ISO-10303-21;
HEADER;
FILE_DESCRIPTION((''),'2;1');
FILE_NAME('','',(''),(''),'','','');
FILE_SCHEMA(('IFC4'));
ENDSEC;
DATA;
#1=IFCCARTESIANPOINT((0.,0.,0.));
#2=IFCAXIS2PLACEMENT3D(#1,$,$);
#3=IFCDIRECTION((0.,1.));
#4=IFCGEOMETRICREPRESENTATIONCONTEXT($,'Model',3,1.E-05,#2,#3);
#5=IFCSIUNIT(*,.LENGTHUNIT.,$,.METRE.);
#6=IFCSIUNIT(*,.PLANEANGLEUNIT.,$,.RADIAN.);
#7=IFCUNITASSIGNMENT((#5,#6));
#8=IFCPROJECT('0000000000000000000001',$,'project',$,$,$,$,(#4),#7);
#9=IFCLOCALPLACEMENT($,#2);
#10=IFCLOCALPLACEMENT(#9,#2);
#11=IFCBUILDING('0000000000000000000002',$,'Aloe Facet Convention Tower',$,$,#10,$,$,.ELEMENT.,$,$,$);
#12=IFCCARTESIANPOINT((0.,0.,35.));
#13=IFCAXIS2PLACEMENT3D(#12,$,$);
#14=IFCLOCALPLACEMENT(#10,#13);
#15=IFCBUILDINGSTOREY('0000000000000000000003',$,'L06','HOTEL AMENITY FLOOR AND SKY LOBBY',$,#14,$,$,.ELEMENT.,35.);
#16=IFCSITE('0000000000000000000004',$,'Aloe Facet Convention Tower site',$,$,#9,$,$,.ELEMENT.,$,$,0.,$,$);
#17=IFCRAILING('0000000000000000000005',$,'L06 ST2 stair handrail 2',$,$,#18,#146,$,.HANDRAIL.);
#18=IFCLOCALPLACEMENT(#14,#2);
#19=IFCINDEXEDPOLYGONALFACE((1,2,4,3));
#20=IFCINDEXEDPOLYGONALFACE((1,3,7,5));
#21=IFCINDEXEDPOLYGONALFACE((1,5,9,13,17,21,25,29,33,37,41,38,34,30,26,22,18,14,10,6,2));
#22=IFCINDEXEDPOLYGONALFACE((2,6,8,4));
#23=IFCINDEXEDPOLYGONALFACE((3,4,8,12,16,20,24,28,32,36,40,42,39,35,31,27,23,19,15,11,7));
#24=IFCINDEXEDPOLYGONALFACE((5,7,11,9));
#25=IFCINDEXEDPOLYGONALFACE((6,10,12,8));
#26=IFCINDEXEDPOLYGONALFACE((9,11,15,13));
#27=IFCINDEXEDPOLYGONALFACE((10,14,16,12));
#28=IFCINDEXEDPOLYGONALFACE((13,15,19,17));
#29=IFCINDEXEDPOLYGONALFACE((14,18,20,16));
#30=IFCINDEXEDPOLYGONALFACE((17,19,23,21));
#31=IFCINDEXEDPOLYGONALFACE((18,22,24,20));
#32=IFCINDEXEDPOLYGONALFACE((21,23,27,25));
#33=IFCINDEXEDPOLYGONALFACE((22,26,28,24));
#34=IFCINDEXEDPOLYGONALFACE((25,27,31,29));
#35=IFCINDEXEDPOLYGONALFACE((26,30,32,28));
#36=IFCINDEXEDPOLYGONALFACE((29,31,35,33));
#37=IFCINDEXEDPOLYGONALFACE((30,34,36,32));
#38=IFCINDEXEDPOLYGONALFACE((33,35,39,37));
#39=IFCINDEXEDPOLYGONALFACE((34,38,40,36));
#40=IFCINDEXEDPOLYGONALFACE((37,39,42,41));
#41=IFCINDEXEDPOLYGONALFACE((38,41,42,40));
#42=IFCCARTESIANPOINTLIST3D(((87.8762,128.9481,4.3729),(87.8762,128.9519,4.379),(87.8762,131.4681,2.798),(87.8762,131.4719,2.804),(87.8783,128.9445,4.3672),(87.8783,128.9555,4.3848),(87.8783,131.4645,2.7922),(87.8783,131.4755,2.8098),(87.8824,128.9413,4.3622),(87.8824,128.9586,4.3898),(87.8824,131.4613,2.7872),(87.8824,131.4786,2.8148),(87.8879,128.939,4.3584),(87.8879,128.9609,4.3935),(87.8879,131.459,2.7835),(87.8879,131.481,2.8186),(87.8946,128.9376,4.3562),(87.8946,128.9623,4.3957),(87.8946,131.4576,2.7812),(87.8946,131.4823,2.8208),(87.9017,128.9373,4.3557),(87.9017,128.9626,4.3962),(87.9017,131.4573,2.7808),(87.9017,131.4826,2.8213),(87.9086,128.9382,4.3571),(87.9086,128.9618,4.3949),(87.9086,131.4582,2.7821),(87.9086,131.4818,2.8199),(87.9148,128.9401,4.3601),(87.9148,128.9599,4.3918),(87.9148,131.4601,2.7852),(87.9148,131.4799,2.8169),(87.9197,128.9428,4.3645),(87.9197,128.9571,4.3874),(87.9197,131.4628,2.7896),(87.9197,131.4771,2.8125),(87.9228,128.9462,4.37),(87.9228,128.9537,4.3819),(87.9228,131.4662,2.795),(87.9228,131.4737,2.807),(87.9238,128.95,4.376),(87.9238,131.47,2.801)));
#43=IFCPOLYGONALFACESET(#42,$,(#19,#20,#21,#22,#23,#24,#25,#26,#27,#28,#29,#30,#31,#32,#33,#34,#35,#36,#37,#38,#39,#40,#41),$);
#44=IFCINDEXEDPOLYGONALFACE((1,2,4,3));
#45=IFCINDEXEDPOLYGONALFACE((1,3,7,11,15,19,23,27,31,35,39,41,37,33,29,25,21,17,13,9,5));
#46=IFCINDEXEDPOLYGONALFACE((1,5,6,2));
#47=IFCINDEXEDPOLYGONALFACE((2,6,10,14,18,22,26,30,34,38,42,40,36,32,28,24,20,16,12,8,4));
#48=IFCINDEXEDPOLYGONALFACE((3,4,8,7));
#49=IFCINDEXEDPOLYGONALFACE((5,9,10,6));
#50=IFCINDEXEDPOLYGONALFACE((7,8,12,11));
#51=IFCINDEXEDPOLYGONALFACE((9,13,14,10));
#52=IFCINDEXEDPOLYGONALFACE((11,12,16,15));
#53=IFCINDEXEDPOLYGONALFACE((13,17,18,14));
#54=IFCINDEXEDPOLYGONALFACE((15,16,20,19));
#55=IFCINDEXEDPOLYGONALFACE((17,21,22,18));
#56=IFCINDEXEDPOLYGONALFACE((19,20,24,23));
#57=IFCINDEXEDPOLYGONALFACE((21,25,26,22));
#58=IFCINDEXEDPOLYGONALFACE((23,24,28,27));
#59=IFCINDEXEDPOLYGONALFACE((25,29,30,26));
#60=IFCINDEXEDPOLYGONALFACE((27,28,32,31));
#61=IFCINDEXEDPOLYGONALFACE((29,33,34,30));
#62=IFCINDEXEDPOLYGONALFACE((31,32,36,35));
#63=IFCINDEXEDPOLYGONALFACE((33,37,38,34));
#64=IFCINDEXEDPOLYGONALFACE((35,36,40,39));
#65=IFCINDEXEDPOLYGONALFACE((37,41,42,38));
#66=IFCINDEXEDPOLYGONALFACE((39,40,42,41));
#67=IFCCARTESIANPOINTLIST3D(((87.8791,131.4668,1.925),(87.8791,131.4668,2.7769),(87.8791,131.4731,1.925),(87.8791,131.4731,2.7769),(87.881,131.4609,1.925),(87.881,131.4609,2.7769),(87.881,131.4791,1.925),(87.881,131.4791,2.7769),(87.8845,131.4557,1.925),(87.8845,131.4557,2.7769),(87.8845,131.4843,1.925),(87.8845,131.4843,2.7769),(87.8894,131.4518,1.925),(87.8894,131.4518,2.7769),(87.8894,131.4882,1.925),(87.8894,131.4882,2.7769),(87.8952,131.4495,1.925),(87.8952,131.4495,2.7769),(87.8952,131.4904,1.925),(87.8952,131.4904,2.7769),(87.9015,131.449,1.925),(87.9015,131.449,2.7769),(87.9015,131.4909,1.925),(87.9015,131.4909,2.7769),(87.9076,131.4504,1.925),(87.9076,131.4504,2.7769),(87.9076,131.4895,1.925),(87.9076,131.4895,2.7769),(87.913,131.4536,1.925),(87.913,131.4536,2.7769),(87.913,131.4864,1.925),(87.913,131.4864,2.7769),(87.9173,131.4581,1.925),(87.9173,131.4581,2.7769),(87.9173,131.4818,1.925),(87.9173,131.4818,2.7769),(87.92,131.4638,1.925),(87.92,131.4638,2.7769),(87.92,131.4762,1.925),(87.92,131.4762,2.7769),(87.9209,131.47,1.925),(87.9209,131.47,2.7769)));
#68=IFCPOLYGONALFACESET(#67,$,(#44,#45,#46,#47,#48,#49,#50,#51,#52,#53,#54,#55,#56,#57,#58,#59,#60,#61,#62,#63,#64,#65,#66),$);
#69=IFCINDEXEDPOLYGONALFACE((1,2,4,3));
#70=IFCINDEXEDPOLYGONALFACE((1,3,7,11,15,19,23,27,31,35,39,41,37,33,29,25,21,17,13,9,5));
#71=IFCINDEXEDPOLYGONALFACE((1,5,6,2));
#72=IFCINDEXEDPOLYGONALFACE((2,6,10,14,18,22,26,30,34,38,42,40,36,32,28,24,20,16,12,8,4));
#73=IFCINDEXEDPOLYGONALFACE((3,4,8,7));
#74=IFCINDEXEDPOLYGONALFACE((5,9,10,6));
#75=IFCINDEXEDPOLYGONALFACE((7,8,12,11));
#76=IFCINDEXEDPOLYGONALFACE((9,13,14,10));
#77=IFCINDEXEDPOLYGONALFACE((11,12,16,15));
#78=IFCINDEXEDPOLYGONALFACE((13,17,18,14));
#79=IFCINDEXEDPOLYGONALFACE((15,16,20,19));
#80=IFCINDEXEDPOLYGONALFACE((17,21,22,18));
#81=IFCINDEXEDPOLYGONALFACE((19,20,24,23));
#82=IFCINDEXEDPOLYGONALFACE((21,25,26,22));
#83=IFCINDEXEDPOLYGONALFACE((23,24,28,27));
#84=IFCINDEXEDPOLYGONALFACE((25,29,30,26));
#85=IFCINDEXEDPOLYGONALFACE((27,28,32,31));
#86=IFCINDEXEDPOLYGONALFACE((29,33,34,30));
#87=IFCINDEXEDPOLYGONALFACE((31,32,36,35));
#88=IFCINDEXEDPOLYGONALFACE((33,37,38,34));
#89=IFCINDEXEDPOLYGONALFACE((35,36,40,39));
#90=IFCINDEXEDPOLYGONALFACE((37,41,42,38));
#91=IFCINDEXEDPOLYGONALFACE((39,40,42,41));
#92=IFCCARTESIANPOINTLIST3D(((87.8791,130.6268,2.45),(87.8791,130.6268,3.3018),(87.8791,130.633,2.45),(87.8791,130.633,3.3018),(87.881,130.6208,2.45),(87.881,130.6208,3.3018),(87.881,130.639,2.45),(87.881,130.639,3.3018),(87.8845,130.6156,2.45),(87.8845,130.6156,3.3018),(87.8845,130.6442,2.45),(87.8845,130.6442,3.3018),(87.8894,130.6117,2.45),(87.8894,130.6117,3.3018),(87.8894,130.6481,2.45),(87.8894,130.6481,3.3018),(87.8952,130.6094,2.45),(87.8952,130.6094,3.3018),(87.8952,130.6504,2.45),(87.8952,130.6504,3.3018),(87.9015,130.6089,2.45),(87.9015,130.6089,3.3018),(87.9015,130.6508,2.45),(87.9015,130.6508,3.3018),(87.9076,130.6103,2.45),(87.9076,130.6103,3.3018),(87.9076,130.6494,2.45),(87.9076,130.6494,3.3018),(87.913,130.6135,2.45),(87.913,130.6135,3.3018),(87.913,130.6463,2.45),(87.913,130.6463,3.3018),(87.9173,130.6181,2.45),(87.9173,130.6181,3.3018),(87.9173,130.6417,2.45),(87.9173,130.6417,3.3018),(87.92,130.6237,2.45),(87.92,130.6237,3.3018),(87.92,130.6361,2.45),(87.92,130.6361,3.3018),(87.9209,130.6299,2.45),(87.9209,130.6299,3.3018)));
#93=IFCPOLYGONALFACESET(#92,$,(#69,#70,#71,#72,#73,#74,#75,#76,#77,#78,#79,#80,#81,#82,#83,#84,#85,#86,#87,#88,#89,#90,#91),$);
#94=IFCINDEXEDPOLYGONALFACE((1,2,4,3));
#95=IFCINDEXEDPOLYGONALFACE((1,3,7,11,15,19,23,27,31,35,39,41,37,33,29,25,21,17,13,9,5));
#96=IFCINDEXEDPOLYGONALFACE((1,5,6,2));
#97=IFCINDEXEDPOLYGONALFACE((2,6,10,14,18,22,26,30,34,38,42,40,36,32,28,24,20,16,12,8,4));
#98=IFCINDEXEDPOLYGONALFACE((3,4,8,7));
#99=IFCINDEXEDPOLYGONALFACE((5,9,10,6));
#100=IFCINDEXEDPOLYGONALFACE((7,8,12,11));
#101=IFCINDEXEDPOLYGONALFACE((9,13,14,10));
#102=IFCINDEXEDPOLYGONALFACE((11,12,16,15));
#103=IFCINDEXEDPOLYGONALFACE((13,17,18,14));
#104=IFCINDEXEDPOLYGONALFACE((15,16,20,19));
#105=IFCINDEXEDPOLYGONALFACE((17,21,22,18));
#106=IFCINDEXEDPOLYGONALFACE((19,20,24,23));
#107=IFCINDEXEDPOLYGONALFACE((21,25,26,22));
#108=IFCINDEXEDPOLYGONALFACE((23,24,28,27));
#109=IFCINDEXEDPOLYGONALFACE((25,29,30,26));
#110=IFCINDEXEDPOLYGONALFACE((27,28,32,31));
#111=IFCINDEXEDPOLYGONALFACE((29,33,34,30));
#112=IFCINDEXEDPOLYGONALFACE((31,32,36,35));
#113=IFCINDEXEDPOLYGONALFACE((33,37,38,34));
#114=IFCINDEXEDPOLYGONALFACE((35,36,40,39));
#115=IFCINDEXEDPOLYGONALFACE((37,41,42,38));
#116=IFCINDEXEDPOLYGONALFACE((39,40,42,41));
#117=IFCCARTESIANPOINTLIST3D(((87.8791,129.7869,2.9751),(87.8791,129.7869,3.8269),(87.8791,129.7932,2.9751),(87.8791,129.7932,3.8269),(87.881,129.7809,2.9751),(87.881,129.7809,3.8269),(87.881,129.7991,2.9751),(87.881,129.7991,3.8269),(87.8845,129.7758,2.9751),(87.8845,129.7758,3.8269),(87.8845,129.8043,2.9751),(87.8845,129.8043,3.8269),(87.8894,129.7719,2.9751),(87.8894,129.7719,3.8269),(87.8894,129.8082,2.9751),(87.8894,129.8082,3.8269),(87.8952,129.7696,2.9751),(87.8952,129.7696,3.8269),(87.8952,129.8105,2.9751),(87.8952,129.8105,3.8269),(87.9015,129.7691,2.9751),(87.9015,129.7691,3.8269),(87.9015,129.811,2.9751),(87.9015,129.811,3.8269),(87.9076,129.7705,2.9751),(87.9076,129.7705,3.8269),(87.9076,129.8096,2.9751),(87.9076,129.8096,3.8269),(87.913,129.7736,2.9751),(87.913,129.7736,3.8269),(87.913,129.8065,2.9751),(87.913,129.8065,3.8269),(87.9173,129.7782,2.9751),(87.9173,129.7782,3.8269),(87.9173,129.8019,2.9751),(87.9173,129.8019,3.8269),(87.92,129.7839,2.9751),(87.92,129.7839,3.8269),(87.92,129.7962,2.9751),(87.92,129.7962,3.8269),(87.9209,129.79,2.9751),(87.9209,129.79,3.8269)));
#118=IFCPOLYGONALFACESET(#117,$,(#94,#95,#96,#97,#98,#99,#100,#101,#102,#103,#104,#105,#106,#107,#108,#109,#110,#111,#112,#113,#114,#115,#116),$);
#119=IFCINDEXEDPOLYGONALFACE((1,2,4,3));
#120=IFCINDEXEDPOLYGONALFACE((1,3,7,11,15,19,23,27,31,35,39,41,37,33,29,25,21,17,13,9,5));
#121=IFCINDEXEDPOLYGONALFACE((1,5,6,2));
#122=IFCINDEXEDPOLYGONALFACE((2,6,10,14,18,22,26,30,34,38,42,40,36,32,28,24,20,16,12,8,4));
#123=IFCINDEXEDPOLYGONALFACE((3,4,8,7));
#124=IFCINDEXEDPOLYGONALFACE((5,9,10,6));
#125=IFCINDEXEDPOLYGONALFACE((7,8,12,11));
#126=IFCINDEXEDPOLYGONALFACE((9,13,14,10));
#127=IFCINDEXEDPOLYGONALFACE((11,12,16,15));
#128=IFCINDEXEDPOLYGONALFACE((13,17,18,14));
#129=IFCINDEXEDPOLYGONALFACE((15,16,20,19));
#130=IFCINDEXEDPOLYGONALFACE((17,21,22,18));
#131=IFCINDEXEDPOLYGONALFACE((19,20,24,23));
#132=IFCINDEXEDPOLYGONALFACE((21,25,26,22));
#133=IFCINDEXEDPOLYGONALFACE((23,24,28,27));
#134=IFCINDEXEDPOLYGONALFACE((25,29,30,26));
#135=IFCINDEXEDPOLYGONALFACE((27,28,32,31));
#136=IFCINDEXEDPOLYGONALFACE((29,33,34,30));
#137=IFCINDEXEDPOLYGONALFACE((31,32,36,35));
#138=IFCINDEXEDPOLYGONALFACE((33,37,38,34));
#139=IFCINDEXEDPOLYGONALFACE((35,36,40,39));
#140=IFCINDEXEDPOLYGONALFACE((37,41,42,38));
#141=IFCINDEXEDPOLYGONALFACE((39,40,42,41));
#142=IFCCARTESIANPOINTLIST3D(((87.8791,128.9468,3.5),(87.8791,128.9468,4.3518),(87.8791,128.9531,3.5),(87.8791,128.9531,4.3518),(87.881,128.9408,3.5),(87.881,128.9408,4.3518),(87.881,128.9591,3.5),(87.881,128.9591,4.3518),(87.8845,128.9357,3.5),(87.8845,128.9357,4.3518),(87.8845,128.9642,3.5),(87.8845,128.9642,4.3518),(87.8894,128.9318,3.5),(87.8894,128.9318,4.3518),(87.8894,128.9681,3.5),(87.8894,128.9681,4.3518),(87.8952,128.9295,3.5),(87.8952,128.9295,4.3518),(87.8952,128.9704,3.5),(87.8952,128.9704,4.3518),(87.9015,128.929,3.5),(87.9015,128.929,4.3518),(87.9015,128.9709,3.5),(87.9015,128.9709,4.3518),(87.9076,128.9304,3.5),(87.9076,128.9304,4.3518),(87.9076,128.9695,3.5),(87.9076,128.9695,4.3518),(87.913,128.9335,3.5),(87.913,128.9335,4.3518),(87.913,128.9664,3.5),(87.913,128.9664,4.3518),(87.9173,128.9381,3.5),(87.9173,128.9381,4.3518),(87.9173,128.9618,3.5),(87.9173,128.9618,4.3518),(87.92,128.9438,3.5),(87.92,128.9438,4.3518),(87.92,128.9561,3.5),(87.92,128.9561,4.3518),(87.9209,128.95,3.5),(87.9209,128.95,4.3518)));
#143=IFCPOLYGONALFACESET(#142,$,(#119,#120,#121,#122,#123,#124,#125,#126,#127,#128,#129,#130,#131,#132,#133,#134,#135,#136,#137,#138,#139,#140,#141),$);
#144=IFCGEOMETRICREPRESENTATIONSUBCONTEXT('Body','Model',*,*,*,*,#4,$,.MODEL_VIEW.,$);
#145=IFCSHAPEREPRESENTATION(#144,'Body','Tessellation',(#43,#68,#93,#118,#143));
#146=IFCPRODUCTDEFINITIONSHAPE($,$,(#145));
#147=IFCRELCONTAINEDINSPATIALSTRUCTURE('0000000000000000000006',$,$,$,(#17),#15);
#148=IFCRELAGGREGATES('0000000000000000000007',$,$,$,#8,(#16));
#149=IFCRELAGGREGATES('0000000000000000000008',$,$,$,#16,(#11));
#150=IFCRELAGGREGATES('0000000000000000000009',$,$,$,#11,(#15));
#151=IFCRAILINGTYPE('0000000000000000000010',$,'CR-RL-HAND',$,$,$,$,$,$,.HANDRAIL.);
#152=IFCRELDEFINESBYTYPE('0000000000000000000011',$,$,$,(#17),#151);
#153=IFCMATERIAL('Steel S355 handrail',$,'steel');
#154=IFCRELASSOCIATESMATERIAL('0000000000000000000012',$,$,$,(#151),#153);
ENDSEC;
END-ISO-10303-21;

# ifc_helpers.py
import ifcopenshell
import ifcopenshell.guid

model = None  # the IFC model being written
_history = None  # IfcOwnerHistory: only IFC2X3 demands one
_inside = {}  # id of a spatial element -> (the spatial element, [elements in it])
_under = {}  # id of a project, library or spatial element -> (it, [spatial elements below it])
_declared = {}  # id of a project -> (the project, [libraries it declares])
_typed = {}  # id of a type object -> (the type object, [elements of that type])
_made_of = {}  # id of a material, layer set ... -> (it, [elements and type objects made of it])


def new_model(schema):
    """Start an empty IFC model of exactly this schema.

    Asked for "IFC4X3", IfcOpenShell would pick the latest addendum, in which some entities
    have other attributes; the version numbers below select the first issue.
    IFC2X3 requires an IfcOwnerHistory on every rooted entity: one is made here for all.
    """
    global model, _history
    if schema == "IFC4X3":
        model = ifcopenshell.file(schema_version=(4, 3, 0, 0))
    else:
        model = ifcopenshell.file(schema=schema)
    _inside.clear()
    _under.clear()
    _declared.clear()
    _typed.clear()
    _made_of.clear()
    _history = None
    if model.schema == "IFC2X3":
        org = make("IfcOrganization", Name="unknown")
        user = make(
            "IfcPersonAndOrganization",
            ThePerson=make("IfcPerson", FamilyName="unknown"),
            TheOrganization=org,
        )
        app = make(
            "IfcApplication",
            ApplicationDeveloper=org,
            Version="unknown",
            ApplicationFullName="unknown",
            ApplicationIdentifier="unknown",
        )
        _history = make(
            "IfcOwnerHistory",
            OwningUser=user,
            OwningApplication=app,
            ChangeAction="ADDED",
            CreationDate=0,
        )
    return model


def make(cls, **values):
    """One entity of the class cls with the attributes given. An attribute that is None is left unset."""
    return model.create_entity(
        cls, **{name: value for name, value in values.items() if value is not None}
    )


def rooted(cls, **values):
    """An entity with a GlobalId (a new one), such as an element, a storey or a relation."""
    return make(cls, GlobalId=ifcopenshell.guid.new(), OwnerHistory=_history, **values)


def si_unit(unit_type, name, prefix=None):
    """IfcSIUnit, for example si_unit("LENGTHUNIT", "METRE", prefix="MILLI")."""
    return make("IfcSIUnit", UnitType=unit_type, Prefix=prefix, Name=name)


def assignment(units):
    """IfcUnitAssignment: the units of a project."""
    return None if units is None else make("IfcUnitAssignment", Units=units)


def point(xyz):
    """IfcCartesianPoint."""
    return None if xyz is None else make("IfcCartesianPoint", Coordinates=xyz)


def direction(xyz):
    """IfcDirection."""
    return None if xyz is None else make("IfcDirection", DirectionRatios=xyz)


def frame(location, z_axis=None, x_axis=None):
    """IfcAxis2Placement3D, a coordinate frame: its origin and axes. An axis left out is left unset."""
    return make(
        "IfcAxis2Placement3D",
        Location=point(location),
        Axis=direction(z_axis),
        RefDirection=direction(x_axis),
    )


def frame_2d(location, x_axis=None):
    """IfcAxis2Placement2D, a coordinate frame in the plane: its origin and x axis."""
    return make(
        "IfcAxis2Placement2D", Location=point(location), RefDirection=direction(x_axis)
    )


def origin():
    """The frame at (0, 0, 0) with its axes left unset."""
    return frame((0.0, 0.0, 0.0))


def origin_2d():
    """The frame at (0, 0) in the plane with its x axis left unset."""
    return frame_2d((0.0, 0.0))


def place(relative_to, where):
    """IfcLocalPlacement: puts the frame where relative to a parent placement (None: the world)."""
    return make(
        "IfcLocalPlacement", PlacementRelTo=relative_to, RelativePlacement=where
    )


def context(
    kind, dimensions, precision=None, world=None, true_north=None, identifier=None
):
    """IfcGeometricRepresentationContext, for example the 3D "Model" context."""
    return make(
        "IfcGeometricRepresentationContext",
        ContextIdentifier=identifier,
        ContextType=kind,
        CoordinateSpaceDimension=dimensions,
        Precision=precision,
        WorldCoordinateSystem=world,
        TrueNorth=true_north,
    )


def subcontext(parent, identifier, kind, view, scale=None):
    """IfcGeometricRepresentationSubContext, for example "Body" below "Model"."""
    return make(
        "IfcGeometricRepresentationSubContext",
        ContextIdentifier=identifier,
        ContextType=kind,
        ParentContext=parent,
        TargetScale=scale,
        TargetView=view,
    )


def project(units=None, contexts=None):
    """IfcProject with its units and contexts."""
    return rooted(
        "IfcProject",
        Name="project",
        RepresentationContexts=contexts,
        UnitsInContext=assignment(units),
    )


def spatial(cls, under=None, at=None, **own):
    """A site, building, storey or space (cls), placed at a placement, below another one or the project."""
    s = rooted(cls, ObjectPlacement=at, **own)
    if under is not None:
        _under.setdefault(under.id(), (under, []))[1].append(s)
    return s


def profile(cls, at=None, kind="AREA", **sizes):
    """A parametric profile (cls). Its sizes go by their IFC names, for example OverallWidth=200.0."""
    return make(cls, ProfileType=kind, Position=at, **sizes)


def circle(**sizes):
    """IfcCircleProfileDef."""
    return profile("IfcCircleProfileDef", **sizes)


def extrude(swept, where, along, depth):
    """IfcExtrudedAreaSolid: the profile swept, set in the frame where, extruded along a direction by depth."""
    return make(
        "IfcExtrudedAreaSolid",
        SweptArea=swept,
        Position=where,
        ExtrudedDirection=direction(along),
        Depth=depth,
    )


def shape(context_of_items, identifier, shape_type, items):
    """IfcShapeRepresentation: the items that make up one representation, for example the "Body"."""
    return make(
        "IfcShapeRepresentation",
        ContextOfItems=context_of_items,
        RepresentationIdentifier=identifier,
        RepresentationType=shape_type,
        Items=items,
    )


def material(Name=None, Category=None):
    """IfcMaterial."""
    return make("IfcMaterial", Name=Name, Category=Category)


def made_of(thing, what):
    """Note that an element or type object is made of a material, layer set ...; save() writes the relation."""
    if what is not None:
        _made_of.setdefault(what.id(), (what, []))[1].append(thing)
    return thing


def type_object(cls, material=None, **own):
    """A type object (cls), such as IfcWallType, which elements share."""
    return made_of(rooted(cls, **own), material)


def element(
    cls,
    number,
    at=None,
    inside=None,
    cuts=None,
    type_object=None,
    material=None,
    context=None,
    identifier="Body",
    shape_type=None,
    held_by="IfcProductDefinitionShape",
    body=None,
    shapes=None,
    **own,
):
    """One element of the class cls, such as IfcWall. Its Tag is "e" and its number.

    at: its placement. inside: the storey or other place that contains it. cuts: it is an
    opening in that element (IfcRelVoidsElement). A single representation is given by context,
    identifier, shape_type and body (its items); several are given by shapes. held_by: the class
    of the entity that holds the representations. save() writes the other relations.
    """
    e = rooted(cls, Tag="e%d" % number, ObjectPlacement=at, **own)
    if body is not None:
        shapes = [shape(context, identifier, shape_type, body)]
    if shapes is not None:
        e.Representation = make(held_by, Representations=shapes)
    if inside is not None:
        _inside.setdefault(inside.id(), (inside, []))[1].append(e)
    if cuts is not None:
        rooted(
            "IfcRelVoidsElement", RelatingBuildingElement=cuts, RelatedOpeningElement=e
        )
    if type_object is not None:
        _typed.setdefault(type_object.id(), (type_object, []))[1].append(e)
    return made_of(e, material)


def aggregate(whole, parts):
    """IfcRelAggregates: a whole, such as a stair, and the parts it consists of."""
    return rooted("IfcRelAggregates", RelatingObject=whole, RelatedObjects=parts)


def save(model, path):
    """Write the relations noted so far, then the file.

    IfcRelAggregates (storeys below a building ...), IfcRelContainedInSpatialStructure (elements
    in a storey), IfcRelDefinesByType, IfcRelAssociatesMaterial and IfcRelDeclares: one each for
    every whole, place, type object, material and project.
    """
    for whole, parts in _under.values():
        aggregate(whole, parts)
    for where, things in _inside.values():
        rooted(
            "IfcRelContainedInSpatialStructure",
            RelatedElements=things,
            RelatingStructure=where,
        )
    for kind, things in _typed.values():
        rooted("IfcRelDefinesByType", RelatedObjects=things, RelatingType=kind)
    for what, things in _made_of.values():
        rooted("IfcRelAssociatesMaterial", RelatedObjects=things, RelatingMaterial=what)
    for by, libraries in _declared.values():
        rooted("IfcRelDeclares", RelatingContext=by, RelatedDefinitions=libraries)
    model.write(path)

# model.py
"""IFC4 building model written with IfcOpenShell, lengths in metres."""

from ifc_helpers import new_model, si_unit, direction, frame, origin, origin_2d, place, context, subcontext, project, spatial, circle, extrude, material, type_object, element, save


model = new_model("IFC4")

# Units and contexts
model_context = context("Model", 3, precision=1e-05, world=origin(), true_north=direction((0.0, 1.0)))
body_context = subcontext(model_context, "Body", "Model", "MODEL_VIEW")
ifc_project = project(units=[si_unit("LENGTHUNIT", "METRE"), si_unit("PLANEANGLEUNIT", "RADIAN")], contexts=[model_context])

# Site, building, storey
site_placement = place(None, origin())
site = spatial("IfcSite", under=ifc_project, at=site_placement, Name="Aloe Facet Convention Tower site", CompositionType="ELEMENT", RefElevation=0.0)
building_placement = place(site_placement, origin())
building = spatial("IfcBuilding", under=site, at=building_placement, Name="Aloe Facet Convention Tower", CompositionType="ELEMENT")
storey_placement = place(building_placement, frame((0.0, 0.0, 35.0)))
storey = spatial("IfcBuildingStorey", under=building, at=storey_placement, Name="L06", Description="HOTEL AMENITY FLOOR AND SKY LOBBY", CompositionType="ELEMENT", Elevation=35.0)

# Railing
ifc_material_1 = material(Name="Steel S355 handrail", Category="steel")
railing_type_1 = type_object("IfcRailingType", Name="CR-RL-HAND", PredefinedType="HANDRAIL", material=ifc_material_1)
railing_1_placement = place(storey_placement, frame((87.8999, 131.47, 1.925)))
element("IfcRailing", 1, at=railing_1_placement, inside=storey, type_object=railing_type_1, Name="L06 ST2 stair handrail 2", PredefinedType="HANDRAIL", context=body_context, shape_type="SweptSolid", body=[
    extrude(circle(Radius=0.0239, at=origin_2d()), frame((0.0, 0.0, 0.876), z_axis=(0.0, -0.848008, 0.529984), x_axis=(1.0, 0.0, 0.0)), (0.0, 0.0, 1.0), 2.9717),
    extrude(circle(Radius=0.021, at=origin_2d()), origin(), (0.0, 0.0, 1.0), 0.8518),
    extrude(circle(Radius=0.021, at=origin_2d()), frame((0.0, -0.8401, 0.5249)), (0.0, 0.0, 1.0), 0.8518),
    extrude(circle(Radius=0.021, at=origin_2d()), frame((0.0, -1.6799, 1.05)), (0.0, 0.0, 1.0), 0.8518),
    extrude(circle(Radius=0.021, at=origin_2d()), frame((0.0, -2.52, 1.575)), (0.0, 0.0, 1.0), 0.8518),
])

save(model, "model.ifc")
